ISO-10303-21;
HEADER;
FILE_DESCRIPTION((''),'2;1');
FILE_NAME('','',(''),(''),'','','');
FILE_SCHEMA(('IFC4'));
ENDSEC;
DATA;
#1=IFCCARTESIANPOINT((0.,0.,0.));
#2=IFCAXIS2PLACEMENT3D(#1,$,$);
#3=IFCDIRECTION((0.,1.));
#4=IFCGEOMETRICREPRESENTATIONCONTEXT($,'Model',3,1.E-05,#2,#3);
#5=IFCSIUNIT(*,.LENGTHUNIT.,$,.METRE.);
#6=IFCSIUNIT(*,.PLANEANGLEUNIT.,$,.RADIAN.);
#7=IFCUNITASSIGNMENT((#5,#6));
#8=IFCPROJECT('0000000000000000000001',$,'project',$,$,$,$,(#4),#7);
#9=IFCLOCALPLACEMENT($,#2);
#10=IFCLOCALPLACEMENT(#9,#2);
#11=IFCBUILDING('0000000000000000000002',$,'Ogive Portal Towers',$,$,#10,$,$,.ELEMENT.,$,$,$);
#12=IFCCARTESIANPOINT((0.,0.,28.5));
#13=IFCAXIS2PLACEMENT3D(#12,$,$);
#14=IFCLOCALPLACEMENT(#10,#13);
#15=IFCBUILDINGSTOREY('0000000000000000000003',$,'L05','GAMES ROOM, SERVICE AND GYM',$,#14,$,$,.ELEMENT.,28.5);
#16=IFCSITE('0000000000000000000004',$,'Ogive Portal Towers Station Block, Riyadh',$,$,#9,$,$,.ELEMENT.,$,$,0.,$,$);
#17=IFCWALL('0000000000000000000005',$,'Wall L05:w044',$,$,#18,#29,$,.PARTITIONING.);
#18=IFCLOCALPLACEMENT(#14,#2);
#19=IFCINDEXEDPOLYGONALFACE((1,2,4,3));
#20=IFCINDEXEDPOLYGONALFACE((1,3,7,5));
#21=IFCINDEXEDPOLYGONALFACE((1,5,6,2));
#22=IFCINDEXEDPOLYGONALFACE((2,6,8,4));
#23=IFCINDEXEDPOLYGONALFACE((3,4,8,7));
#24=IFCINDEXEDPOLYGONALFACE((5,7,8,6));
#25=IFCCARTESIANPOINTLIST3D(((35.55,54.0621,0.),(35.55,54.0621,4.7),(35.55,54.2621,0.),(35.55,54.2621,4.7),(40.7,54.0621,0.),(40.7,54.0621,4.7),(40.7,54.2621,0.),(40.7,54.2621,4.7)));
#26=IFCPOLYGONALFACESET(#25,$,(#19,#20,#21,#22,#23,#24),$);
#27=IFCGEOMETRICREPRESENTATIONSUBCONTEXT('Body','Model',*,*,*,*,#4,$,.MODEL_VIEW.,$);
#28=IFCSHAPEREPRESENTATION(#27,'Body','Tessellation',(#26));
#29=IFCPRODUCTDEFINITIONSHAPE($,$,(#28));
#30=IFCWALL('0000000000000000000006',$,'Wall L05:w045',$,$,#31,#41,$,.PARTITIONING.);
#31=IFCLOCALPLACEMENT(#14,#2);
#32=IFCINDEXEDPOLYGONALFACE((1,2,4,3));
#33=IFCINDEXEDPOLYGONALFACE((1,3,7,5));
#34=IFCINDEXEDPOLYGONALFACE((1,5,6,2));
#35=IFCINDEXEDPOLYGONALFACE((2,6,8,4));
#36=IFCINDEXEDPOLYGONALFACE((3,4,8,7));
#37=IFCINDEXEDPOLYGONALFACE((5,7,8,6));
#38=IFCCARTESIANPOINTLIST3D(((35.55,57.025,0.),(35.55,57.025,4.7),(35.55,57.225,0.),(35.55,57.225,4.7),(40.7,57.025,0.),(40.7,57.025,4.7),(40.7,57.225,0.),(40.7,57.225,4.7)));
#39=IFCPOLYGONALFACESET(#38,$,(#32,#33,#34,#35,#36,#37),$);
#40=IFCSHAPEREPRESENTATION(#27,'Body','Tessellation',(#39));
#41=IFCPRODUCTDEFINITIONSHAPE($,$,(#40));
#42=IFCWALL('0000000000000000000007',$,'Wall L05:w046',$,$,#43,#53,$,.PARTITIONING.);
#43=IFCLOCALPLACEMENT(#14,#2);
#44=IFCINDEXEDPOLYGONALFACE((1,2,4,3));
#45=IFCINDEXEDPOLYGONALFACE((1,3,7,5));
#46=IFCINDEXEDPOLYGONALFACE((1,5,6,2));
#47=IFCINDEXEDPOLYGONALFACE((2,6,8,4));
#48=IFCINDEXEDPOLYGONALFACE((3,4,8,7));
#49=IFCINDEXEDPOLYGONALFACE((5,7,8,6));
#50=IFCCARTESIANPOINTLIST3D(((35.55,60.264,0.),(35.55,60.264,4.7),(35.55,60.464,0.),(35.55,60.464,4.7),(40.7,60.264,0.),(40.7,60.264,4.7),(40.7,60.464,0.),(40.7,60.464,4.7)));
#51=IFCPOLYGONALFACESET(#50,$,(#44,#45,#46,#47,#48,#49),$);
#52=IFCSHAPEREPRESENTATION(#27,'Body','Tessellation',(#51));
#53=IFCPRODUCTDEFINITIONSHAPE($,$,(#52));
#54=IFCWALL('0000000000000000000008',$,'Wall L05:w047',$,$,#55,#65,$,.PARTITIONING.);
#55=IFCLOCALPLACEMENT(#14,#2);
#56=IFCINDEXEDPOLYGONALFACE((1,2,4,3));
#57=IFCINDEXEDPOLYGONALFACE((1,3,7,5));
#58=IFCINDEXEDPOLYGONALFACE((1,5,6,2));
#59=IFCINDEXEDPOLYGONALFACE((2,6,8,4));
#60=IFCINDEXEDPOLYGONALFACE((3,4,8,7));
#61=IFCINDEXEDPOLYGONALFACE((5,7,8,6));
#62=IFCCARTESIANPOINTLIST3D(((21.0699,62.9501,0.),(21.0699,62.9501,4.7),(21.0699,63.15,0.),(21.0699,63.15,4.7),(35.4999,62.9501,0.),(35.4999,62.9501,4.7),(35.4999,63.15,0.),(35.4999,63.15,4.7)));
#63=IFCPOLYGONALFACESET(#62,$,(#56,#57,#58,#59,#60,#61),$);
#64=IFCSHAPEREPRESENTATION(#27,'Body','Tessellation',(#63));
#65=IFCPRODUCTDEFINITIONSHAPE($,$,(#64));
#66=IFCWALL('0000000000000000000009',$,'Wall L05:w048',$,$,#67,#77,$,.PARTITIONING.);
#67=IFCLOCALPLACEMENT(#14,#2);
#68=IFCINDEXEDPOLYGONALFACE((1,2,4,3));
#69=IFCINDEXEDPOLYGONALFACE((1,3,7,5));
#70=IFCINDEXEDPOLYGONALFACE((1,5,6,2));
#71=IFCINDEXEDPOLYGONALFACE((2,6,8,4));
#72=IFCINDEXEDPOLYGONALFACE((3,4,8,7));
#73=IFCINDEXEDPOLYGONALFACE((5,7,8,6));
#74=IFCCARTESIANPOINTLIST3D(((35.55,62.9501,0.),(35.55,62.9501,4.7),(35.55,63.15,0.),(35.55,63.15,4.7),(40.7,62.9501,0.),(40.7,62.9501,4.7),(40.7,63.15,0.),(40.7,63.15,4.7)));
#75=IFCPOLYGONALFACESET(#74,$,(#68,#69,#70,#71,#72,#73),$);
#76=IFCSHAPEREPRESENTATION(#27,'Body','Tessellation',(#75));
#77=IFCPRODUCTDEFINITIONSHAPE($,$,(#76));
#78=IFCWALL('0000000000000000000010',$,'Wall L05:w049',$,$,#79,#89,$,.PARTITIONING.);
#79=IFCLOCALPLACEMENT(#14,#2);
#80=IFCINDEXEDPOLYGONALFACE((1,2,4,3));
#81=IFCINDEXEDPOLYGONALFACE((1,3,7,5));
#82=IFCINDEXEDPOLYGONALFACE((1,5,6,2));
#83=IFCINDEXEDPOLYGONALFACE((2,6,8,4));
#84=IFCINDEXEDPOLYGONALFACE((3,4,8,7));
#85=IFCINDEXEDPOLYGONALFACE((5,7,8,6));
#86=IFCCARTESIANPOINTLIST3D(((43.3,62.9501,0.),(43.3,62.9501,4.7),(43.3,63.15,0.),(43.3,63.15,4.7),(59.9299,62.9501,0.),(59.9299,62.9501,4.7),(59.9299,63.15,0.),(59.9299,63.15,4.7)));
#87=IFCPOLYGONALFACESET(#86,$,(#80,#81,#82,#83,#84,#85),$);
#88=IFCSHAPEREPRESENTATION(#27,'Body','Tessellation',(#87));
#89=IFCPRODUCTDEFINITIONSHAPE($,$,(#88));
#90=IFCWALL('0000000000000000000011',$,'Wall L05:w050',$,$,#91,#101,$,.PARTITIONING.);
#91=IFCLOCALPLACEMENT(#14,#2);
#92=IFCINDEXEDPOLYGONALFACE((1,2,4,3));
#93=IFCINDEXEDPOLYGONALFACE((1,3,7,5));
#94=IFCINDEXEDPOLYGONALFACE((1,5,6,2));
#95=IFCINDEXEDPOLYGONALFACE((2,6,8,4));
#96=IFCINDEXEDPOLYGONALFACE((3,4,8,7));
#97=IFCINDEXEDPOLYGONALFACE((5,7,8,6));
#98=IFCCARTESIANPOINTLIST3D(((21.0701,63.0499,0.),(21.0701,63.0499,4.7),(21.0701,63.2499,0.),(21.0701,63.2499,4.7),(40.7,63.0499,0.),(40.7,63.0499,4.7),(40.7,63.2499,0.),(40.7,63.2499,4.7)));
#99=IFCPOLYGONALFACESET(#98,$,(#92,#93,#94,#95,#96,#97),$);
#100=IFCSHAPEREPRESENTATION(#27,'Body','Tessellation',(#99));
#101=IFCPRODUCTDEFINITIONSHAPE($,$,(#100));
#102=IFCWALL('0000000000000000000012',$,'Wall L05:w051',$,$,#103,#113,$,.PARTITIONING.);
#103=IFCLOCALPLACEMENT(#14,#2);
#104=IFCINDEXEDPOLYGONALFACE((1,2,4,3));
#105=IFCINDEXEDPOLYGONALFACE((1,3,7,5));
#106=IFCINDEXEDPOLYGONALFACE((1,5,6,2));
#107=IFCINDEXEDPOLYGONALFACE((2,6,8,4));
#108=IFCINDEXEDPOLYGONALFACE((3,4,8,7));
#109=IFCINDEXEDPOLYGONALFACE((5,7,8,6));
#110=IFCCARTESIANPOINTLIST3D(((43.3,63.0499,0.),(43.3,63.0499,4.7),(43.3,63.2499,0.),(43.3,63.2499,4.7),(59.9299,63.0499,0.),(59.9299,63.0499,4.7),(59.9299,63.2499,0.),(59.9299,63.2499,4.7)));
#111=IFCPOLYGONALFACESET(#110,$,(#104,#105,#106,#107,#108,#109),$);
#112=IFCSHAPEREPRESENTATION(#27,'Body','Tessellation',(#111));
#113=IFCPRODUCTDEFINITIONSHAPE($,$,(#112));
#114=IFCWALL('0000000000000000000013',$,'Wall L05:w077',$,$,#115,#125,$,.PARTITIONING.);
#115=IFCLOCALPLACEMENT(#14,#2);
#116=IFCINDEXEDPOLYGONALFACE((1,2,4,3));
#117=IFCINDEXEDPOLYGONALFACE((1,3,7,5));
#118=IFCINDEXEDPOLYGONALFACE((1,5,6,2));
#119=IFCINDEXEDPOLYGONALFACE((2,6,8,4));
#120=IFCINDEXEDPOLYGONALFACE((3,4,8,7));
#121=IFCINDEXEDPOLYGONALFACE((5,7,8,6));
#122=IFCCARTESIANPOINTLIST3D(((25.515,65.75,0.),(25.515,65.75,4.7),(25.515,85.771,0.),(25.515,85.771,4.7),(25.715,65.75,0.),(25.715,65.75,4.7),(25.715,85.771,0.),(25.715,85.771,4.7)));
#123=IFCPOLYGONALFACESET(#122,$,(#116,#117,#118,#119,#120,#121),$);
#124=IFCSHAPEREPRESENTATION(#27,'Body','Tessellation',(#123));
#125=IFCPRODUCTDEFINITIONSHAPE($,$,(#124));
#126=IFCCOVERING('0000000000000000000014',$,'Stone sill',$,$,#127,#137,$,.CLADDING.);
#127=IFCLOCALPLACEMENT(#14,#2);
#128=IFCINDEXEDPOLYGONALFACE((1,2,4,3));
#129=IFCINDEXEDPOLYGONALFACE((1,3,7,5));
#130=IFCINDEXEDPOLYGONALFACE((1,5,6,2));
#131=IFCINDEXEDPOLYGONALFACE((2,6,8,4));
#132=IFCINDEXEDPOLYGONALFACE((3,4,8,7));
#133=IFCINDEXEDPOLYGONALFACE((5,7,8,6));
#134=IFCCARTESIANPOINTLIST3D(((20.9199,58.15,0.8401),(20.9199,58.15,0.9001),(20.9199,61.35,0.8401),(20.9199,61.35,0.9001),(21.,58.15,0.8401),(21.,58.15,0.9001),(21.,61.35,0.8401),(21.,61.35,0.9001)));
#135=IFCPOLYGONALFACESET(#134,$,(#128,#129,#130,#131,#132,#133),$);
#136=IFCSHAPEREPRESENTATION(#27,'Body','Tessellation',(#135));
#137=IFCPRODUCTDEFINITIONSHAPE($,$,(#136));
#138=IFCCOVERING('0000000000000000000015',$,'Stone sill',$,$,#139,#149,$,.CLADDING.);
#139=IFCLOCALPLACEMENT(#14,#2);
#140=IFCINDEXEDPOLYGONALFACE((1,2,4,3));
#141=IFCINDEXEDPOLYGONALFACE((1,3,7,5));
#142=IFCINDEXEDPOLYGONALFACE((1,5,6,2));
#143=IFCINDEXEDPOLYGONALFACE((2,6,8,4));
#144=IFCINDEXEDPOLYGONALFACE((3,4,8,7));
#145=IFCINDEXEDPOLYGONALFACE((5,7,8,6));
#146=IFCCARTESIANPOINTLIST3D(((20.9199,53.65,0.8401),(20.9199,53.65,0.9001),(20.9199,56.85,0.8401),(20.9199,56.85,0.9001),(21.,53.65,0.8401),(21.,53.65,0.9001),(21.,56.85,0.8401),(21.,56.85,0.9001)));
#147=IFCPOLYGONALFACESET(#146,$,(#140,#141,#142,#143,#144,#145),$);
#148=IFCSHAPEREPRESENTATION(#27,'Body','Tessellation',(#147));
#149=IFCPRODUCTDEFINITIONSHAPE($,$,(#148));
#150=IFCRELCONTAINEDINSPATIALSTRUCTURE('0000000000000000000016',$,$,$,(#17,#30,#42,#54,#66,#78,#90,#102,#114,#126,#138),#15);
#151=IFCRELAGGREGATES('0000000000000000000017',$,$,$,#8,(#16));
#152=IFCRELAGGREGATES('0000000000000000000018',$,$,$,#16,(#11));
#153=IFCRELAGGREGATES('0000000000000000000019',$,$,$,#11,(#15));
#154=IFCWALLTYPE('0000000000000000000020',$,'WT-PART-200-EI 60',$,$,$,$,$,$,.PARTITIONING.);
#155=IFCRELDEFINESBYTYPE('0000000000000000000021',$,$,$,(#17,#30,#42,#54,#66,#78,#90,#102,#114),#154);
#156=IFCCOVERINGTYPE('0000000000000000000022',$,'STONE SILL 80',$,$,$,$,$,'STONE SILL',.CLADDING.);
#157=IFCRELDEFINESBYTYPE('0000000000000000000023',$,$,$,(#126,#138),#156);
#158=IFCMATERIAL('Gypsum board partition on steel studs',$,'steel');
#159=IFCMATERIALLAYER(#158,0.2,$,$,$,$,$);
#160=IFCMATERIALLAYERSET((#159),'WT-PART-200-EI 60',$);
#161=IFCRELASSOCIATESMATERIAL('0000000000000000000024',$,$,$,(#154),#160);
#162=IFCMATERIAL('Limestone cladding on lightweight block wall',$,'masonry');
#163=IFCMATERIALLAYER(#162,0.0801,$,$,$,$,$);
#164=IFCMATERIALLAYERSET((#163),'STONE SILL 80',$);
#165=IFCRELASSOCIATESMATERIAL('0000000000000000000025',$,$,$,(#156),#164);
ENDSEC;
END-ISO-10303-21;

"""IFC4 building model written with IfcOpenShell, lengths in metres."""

from ifc_helpers import new_model, si_unit, direction, frame, frame_2d, origin, origin_2d, place, context, subcontext, project, spatial, rectangle, extrude, material, layer, layer_set, type_object, element, save


model = new_model("IFC4")

# Units and contexts
model_context = context("Model", 3, precision=1e-05, world=origin(), true_north=direction((0.0, 1.0)))
body_context = subcontext(model_context, "Body", "Model", "MODEL_VIEW")
ifc_project = project(units=[si_unit("LENGTHUNIT", "METRE"), si_unit("PLANEANGLEUNIT", "RADIAN")], contexts=[model_context])

# Site, building, storey
site_placement = place(None, origin())
site = spatial("IfcSite", under=ifc_project, at=site_placement, Name="Ogive Portal Towers Station Block, Riyadh", CompositionType="ELEMENT", RefElevation=0.0)
building_placement = place(site_placement, origin())
building = spatial("IfcBuilding", under=site, at=building_placement, Name="Ogive Portal Towers", CompositionType="ELEMENT")
storey_placement = place(building_placement, frame((0.0, 0.0, 28.5)))
storey = spatial("IfcBuildingStorey", under=building, at=storey_placement, Name="L05", Description="GAMES ROOM, SERVICE AND GYM", CompositionType="ELEMENT", Elevation=28.5)

# Walls
ifc_material_1 = material(Name="Gypsum board partition on steel studs", Category="steel")
ifc_layer_1 = layer(ifc_material_1, 0.2)
ifc_layer_set_1 = layer_set([ifc_layer_1], Name="WT-PART-200-EI 60")
wall_type_1 = type_object("IfcWallType", Name="WT-PART-200-EI 60", PredefinedType="PARTITIONING", material=ifc_layer_set_1)
for number, where, z_axis, x_axis, name in (
    (1, (35.55, 54.1621, 0.0), (0.0, 0.0, 1.0), (1.0, 0.0, 0.0), "Wall L05:w044"),
    (2, (35.55, 57.125, 0.0), (0.0, 0.0, 1.0), (1.0, 0.0, 0.0), "Wall L05:w045"),
    (3, (35.55, 60.364, 0.0), (0.0, 0.0, 1.0), (1.0, 0.0, 0.0), "Wall L05:w046"),
):
    element("IfcWall", number, at=place(storey_placement, frame(where, z_axis=z_axis, x_axis=x_axis)), inside=storey, type_object=wall_type_1, Name=name, PredefinedType="PARTITIONING", context=body_context, shape_type="SweptSolid", body=[
        extrude(rectangle(XDim=5.1499, YDim=0.2, at=frame_2d((2.575, 0.0))), origin(), (0.0, 0.0, 1.0), 4.7),
    ])
wall_1_placement = place(storey_placement, frame((21.0701, 63.05, 0.0), z_axis=(0.0, 0.0, 1.0), x_axis=(1.0, 0.0, 0.0)))
element("IfcWall", 4, at=wall_1_placement, inside=storey, type_object=wall_type_1, Name="Wall L05:w047", PredefinedType="PARTITIONING", context=body_context, shape_type="SweptSolid", body=[
    extrude(rectangle(XDim=14.4299, YDim=0.2, at=frame_2d((7.2148, 0.0))), origin(), (0.0, 0.0, 1.0), 4.7),
])
wall_2_placement = place(storey_placement, frame((35.55, 63.05, 0.0), z_axis=(0.0, 0.0, 1.0), x_axis=(1.0, 0.0, 0.0)))
element("IfcWall", 5, at=wall_2_placement, inside=storey, type_object=wall_type_1, Name="Wall L05:w048", PredefinedType="PARTITIONING", context=body_context, shape_type="SweptSolid", body=[
    extrude(rectangle(XDim=5.1499, YDim=0.2, at=frame_2d((2.575, 0.0))), origin(), (0.0, 0.0, 1.0), 4.7),
])
wall_3_placement = place(storey_placement, frame((43.3, 63.05, 0.0), z_axis=(0.0, 0.0, 1.0), x_axis=(1.0, 0.0, 0.0)))
element("IfcWall", 6, at=wall_3_placement, inside=storey, type_object=wall_type_1, Name="Wall L05:w049", PredefinedType="PARTITIONING", context=body_context, shape_type="SweptSolid", body=[
    extrude(rectangle(XDim=16.6299, YDim=0.2, at=frame_2d((8.3149, 0.0))), origin(), (0.0, 0.0, 1.0), 4.7),
])
wall_4_placement = place(storey_placement, frame((21.0701, 63.1499, 0.0), z_axis=(0.0, 0.0, 1.0), x_axis=(1.0, 0.0, 0.0)))
element("IfcWall", 7, at=wall_4_placement, inside=storey, type_object=wall_type_1, Name="Wall L05:w050", PredefinedType="PARTITIONING", context=body_context, shape_type="SweptSolid", body=[
    extrude(rectangle(XDim=19.6299, YDim=0.2, at=frame_2d((9.8149, 0.0))), origin(), (0.0, 0.0, 1.0), 4.7),
])
wall_5_placement = place(storey_placement, frame((43.3, 63.1499, 0.0), z_axis=(0.0, 0.0, 1.0), x_axis=(1.0, 0.0, 0.0)))
element("IfcWall", 8, at=wall_5_placement, inside=storey, type_object=wall_type_1, Name="Wall L05:w051", PredefinedType="PARTITIONING", context=body_context, shape_type="SweptSolid", body=[
    extrude(rectangle(XDim=16.6299, YDim=0.2, at=frame_2d((8.3149, 0.0))), origin(), (0.0, 0.0, 1.0), 4.7),
])
wall_6_placement = place(storey_placement, frame((25.615, 65.75, 0.0), z_axis=(0.0, 0.0, 1.0), x_axis=(0.0, 1.0, 0.0)))
element("IfcWall", 9, at=wall_6_placement, inside=storey, type_object=wall_type_1, Name="Wall L05:w077", PredefinedType="PARTITIONING", context=body_context, shape_type="SweptSolid", body=[
    extrude(rectangle(XDim=20.021, YDim=0.2, at=frame_2d((10.0105, 0.0))), origin(), (0.0, 0.0, 1.0), 4.7),
])

# Coverings
ifc_material_2 = material(Name="Limestone cladding on lightweight block wall", Category="masonry")
ifc_layer_2 = layer(ifc_material_2, 0.0801)
ifc_layer_set_2 = layer_set([ifc_layer_2], Name="STONE SILL 80")
covering_type = type_object("IfcCoveringType", Name="STONE SILL 80", ElementType="STONE SILL", PredefinedType="CLADDING", material=ifc_layer_set_2)
for number, where, z_axis, x_axis, name in (
    (10, (20.96, 59.75, 0.8401), (0.0, 0.0, 1.0), (0.0, -1.0, 0.0), "Stone sill"),
    (11, (20.96, 55.25, 0.8401), (0.0, 0.0, 1.0), (0.0, -1.0, 0.0), "Stone sill"),
):
    element("IfcCovering", number, at=place(storey_placement, frame(where, z_axis=z_axis, x_axis=x_axis)), inside=storey, type_object=covering_type, Name=name, PredefinedType="CLADDING", context=body_context, shape_type="SweptSolid", body=[
        extrude(rectangle(XDim=3.2, YDim=0.0801, at=origin_2d()), origin(), (0.0, 0.0, 1.0), 0.0601),
    ])

save(model, "model.ifc")
